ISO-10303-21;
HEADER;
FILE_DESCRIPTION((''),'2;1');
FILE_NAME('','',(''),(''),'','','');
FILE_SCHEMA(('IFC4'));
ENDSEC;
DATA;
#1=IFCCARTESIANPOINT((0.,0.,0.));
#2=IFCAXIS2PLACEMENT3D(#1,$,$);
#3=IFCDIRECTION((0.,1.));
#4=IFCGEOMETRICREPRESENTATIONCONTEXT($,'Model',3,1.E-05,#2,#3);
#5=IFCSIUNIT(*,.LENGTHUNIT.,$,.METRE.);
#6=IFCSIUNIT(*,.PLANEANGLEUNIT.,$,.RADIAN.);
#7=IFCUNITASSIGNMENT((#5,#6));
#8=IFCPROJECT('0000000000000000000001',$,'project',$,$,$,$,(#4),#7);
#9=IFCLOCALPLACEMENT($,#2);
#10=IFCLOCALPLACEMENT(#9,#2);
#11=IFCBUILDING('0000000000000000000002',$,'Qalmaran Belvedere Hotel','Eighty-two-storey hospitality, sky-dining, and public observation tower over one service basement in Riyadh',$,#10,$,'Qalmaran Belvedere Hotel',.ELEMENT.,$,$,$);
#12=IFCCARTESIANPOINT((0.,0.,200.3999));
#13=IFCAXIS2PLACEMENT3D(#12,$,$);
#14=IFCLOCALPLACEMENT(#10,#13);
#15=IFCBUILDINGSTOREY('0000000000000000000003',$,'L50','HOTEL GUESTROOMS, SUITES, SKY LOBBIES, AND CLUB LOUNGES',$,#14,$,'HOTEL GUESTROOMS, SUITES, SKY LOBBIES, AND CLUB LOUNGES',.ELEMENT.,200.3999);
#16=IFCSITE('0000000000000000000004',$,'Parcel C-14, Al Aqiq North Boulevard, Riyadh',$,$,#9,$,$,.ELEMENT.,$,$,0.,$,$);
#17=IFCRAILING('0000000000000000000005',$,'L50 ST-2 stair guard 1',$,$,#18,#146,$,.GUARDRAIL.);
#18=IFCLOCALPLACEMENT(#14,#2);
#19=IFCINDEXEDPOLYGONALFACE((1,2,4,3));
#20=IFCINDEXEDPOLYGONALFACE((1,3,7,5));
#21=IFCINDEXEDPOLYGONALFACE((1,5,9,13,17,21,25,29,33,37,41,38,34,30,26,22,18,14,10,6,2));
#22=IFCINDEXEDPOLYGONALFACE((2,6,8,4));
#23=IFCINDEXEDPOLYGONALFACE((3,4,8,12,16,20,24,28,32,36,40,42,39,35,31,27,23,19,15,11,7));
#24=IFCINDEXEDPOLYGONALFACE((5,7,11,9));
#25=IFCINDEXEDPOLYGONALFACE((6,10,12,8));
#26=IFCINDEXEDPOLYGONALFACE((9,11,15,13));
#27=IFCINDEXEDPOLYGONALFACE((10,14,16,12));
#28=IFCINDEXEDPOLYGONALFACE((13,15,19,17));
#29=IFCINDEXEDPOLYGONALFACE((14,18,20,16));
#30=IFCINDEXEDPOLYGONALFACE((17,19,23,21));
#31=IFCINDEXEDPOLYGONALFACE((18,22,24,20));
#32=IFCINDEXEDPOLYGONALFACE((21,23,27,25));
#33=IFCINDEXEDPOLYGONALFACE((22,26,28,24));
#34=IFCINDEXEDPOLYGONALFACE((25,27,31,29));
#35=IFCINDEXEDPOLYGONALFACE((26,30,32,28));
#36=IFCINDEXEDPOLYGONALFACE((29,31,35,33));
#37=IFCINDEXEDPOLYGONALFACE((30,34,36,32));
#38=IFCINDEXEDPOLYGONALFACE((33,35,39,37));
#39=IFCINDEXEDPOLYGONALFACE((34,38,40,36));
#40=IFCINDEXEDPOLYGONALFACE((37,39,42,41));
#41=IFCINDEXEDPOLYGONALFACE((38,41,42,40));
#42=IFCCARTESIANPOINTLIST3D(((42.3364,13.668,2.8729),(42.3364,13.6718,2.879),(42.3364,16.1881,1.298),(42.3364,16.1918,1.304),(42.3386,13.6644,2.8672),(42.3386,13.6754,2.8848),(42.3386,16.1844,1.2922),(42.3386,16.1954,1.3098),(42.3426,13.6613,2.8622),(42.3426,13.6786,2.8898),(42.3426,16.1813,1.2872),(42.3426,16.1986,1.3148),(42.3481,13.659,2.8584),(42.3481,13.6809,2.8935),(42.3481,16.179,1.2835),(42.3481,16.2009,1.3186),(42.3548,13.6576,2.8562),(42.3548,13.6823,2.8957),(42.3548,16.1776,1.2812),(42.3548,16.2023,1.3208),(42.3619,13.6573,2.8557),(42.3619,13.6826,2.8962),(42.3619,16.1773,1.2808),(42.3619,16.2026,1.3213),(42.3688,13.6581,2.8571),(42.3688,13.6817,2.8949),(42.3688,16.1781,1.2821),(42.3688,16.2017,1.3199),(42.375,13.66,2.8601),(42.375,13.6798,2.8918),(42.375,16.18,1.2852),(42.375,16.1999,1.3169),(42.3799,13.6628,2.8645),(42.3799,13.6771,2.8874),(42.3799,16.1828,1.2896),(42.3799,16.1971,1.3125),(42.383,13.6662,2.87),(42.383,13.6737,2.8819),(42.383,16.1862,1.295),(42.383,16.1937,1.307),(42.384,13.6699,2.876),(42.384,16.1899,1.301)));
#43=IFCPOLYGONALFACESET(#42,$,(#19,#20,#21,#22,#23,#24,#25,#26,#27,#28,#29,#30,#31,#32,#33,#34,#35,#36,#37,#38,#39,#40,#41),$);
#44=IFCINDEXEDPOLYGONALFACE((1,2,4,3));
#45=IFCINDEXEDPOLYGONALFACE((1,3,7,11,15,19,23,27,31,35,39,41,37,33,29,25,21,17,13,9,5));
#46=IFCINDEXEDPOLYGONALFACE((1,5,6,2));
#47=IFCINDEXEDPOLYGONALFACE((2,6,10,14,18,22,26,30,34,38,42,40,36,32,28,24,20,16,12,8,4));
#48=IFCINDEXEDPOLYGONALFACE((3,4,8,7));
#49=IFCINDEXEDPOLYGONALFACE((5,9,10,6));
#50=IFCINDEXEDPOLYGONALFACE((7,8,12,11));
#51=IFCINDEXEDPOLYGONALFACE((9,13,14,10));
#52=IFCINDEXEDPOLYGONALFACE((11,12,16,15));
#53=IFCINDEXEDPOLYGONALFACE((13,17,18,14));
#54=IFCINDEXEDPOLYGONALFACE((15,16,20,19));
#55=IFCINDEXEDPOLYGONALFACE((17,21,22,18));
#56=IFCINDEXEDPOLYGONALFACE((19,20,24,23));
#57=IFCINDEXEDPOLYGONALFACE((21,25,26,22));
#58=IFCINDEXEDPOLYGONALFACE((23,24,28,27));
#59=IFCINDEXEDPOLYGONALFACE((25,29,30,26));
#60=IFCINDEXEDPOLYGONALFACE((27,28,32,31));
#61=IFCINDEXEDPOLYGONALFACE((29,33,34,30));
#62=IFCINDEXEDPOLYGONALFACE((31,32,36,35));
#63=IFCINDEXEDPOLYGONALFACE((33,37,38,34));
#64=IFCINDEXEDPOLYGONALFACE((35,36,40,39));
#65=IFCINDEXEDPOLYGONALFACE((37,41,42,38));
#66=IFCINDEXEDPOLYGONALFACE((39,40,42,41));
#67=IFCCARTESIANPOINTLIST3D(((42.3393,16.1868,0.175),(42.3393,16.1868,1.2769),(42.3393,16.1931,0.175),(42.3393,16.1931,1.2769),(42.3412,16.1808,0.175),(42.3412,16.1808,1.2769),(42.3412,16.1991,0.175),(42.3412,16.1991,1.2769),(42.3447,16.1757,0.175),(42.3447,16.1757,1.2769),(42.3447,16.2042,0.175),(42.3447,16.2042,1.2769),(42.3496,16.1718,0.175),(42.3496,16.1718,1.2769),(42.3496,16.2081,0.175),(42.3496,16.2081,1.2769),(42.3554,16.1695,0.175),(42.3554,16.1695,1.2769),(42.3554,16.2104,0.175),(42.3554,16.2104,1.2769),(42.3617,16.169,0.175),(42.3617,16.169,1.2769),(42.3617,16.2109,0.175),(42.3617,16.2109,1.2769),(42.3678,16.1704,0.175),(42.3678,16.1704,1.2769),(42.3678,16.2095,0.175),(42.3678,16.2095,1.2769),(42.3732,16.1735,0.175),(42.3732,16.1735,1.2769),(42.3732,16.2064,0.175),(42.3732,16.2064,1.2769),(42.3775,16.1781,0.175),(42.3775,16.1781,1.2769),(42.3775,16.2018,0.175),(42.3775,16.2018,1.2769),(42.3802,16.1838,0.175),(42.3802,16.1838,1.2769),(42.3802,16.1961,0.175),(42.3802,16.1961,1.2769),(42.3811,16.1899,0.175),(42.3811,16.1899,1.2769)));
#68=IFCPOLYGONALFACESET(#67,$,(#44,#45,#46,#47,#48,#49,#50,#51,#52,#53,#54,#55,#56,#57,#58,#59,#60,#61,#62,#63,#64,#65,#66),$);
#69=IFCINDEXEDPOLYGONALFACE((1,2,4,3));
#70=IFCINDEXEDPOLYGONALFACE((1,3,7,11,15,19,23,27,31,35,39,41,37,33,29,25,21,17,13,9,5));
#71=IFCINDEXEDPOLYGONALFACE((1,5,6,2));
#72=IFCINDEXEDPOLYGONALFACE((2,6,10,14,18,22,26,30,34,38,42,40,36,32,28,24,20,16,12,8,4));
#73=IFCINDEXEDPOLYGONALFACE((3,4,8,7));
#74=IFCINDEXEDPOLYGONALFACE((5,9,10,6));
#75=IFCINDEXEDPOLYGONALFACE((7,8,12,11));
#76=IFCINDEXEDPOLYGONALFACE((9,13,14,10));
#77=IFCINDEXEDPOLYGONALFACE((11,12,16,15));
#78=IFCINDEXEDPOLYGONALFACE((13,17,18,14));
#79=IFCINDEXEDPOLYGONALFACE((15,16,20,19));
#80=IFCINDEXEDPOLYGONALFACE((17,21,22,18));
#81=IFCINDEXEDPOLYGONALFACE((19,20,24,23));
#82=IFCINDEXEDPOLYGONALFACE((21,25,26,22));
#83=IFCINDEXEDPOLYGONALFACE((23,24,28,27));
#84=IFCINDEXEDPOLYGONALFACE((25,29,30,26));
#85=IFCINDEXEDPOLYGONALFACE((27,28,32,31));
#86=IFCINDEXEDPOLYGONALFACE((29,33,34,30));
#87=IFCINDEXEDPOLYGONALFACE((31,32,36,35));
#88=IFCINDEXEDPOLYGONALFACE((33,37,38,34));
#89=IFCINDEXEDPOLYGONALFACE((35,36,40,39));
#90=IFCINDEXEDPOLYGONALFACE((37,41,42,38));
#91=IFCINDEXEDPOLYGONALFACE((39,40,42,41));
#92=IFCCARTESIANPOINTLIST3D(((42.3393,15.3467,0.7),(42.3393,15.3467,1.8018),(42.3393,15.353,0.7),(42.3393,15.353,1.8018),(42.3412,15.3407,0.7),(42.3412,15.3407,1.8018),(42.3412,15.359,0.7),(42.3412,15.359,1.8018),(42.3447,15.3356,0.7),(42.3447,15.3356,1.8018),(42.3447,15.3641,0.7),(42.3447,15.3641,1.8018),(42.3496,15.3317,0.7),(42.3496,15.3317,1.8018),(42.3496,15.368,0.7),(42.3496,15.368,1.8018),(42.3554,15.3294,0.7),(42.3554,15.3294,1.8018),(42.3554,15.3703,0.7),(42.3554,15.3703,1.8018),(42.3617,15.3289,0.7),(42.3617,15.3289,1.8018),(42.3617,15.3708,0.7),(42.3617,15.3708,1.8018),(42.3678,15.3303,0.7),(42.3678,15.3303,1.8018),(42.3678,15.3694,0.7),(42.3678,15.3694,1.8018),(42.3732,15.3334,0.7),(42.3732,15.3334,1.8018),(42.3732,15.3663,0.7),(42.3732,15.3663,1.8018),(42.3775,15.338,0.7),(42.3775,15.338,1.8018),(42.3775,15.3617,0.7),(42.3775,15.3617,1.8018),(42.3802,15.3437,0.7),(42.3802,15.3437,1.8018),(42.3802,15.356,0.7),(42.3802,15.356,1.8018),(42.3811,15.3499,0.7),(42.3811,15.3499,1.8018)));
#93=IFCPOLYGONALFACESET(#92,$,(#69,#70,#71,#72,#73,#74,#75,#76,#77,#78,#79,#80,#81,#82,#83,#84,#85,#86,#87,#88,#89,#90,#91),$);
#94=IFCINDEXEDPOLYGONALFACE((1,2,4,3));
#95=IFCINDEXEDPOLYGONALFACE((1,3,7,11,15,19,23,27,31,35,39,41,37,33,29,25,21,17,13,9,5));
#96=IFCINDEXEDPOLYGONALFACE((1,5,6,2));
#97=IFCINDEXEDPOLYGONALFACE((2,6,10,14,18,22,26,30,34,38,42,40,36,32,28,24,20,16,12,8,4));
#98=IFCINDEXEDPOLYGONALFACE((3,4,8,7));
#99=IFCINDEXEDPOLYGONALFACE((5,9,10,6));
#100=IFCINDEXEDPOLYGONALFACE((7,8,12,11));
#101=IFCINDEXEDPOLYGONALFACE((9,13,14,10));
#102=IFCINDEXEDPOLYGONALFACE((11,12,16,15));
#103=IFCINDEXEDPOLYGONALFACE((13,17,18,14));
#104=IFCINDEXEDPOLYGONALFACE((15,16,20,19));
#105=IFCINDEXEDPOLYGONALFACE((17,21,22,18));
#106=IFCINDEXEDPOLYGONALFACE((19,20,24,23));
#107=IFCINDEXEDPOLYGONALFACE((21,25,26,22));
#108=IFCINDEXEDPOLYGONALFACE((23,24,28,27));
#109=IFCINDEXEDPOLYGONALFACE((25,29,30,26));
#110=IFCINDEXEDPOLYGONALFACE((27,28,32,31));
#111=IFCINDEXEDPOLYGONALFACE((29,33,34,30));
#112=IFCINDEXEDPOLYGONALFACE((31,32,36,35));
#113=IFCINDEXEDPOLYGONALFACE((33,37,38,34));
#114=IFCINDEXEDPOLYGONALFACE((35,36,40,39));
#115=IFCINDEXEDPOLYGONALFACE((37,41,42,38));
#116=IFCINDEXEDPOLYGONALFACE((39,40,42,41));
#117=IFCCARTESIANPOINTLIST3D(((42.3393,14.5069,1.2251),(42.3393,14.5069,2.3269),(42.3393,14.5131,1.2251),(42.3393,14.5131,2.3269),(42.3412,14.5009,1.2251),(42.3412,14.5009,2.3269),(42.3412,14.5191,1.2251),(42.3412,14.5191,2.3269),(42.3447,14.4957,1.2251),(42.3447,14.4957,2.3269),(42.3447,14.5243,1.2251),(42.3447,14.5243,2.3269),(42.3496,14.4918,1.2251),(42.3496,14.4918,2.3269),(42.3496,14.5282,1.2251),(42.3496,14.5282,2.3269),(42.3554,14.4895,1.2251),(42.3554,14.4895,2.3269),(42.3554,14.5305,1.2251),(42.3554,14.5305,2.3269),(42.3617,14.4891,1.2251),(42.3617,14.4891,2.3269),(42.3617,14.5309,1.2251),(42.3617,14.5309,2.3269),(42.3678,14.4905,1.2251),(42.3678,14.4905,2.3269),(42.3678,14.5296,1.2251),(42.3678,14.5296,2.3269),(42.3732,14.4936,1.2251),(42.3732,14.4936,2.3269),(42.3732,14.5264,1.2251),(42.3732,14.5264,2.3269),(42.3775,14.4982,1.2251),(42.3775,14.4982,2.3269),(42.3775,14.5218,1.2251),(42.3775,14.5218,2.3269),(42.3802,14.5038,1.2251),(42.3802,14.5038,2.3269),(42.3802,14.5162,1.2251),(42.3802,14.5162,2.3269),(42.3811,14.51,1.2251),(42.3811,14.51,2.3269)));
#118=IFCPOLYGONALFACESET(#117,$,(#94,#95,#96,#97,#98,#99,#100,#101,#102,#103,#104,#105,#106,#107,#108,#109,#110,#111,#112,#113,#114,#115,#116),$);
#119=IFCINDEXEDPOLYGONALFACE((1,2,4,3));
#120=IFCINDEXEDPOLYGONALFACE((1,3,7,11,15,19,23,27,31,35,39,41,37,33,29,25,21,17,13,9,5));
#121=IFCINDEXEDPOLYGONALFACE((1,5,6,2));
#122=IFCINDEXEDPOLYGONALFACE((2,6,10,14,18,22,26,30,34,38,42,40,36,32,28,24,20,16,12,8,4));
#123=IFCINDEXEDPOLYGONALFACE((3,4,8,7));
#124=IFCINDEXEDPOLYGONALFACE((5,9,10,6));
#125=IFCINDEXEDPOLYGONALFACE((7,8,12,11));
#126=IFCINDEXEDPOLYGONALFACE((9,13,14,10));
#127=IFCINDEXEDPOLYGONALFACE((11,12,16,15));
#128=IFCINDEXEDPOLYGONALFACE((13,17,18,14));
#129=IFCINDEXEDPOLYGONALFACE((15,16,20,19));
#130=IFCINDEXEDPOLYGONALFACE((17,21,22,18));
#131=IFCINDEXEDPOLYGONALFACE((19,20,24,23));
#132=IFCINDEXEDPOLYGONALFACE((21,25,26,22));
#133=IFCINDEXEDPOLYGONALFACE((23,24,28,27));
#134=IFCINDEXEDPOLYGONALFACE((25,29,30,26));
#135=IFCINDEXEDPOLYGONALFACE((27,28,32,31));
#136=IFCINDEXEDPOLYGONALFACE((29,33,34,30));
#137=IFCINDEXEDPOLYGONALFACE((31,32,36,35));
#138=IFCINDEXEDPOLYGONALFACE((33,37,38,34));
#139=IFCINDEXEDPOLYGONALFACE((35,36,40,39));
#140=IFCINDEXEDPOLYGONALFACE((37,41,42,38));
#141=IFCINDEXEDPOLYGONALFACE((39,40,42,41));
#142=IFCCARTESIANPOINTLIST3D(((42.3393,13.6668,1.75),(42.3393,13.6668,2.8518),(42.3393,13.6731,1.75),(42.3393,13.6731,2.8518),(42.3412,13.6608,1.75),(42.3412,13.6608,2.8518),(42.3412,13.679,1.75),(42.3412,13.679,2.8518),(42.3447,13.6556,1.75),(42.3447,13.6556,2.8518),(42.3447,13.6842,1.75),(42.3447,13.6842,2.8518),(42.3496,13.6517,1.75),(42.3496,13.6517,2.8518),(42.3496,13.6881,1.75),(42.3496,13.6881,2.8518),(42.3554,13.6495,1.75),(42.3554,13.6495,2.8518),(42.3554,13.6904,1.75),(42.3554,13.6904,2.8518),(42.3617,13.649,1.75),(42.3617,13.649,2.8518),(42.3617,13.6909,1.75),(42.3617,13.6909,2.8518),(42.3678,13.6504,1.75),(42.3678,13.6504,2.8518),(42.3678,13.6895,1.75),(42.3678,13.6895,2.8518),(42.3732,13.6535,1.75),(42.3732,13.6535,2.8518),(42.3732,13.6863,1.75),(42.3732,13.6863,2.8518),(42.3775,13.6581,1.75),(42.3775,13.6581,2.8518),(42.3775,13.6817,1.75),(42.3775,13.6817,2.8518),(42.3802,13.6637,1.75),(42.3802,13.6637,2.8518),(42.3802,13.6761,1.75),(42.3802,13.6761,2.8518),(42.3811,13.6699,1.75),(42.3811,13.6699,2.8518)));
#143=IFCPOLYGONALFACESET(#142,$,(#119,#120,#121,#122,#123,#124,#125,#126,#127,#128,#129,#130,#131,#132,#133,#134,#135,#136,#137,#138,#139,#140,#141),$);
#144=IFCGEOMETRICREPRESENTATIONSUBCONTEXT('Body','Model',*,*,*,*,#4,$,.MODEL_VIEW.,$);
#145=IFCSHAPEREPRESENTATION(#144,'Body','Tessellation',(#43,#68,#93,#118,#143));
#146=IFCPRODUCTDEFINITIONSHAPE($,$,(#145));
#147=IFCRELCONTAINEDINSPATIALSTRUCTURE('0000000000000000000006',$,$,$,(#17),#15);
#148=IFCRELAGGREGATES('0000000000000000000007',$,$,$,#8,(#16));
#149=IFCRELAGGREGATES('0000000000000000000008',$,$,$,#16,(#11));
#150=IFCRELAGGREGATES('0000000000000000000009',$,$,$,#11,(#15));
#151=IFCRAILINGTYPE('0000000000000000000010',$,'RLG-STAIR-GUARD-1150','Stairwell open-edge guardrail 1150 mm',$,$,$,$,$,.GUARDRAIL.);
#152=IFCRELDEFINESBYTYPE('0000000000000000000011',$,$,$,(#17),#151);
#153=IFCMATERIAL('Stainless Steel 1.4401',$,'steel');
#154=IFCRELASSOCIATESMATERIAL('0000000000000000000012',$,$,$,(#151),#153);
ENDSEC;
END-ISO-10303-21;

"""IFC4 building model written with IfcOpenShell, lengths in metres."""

from ifc_helpers import new_model, si_unit, direction, frame, origin, origin_2d, place, context, subcontext, project, spatial, circle, extrude, material, type_object, element, save


model = new_model("IFC4")

# Units and contexts
model_context = context("Model", 3, precision=1e-05, world=origin(), true_north=direction((0.0, 1.0)))
body_context = subcontext(model_context, "Body", "Model", "MODEL_VIEW")
ifc_project = project(units=[si_unit("LENGTHUNIT", "METRE"), si_unit("PLANEANGLEUNIT", "RADIAN")], contexts=[model_context])

# Site, building, storey
site_placement = place(None, origin())
site = spatial("IfcSite", under=ifc_project, at=site_placement, Name="Parcel C-14, Al Aqiq North Boulevard, Riyadh", CompositionType="ELEMENT", RefElevation=0.0)
building_placement = place(site_placement, origin())
building = spatial("IfcBuilding", under=site, at=building_placement, Name="Qalmaran Belvedere Hotel", Description="Eighty-two-storey hospitality, sky-dining, and public observation tower over one service basement in Riyadh", LongName="Qalmaran Belvedere Hotel", CompositionType="ELEMENT")
storey_placement = place(building_placement, frame((0.0, 0.0, 200.3999)))
storey = spatial("IfcBuildingStorey", under=building, at=storey_placement, Name="L50", Description="HOTEL GUESTROOMS, SUITES, SKY LOBBIES, AND CLUB LOUNGES", LongName="HOTEL GUESTROOMS, SUITES, SKY LOBBIES, AND CLUB LOUNGES", CompositionType="ELEMENT", Elevation=200.3999)

# Railing
ifc_material_1 = material(Name="Stainless Steel 1.4401", Category="steel")
railing_type_1 = type_object("IfcRailingType", Name="RLG-STAIR-GUARD-1150", Description="Stairwell open-edge guardrail 1150 mm", PredefinedType="GUARDRAIL", material=ifc_material_1)
railing_1_placement = place(storey_placement, frame((42.3601, 16.1899, 0.175)))
element("IfcRailing", 1, at=railing_1_placement, inside=storey, type_object=railing_type_1, Name="L50 ST-2 stair guard 1", PredefinedType="GUARDRAIL", context=body_context, shape_type="SweptSolid", body=[
    extrude(circle(Radius=0.0239, at=origin_2d()), frame((0.0, 0.0, 1.126), z_axis=(0.0, -0.848008, 0.529984), x_axis=(1.0, 0.0, 0.0)), (0.0, 0.0, 1.0), 2.9717),
    extrude(circle(Radius=0.021, at=origin_2d()), origin(), (0.0, 0.0, 1.0), 1.1018),
    extrude(circle(Radius=0.021, at=origin_2d()), frame((0.0, -0.8401, 0.5249)), (0.0, 0.0, 1.0), 1.1018),
    extrude(circle(Radius=0.021, at=origin_2d()), frame((0.0, -1.6799, 1.05)), (0.0, 0.0, 1.0), 1.1018),
    extrude(circle(Radius=0.021, at=origin_2d()), frame((0.0, -2.52, 1.575)), (0.0, 0.0, 1.0), 1.1018),
])

save(model, "model.ifc")
